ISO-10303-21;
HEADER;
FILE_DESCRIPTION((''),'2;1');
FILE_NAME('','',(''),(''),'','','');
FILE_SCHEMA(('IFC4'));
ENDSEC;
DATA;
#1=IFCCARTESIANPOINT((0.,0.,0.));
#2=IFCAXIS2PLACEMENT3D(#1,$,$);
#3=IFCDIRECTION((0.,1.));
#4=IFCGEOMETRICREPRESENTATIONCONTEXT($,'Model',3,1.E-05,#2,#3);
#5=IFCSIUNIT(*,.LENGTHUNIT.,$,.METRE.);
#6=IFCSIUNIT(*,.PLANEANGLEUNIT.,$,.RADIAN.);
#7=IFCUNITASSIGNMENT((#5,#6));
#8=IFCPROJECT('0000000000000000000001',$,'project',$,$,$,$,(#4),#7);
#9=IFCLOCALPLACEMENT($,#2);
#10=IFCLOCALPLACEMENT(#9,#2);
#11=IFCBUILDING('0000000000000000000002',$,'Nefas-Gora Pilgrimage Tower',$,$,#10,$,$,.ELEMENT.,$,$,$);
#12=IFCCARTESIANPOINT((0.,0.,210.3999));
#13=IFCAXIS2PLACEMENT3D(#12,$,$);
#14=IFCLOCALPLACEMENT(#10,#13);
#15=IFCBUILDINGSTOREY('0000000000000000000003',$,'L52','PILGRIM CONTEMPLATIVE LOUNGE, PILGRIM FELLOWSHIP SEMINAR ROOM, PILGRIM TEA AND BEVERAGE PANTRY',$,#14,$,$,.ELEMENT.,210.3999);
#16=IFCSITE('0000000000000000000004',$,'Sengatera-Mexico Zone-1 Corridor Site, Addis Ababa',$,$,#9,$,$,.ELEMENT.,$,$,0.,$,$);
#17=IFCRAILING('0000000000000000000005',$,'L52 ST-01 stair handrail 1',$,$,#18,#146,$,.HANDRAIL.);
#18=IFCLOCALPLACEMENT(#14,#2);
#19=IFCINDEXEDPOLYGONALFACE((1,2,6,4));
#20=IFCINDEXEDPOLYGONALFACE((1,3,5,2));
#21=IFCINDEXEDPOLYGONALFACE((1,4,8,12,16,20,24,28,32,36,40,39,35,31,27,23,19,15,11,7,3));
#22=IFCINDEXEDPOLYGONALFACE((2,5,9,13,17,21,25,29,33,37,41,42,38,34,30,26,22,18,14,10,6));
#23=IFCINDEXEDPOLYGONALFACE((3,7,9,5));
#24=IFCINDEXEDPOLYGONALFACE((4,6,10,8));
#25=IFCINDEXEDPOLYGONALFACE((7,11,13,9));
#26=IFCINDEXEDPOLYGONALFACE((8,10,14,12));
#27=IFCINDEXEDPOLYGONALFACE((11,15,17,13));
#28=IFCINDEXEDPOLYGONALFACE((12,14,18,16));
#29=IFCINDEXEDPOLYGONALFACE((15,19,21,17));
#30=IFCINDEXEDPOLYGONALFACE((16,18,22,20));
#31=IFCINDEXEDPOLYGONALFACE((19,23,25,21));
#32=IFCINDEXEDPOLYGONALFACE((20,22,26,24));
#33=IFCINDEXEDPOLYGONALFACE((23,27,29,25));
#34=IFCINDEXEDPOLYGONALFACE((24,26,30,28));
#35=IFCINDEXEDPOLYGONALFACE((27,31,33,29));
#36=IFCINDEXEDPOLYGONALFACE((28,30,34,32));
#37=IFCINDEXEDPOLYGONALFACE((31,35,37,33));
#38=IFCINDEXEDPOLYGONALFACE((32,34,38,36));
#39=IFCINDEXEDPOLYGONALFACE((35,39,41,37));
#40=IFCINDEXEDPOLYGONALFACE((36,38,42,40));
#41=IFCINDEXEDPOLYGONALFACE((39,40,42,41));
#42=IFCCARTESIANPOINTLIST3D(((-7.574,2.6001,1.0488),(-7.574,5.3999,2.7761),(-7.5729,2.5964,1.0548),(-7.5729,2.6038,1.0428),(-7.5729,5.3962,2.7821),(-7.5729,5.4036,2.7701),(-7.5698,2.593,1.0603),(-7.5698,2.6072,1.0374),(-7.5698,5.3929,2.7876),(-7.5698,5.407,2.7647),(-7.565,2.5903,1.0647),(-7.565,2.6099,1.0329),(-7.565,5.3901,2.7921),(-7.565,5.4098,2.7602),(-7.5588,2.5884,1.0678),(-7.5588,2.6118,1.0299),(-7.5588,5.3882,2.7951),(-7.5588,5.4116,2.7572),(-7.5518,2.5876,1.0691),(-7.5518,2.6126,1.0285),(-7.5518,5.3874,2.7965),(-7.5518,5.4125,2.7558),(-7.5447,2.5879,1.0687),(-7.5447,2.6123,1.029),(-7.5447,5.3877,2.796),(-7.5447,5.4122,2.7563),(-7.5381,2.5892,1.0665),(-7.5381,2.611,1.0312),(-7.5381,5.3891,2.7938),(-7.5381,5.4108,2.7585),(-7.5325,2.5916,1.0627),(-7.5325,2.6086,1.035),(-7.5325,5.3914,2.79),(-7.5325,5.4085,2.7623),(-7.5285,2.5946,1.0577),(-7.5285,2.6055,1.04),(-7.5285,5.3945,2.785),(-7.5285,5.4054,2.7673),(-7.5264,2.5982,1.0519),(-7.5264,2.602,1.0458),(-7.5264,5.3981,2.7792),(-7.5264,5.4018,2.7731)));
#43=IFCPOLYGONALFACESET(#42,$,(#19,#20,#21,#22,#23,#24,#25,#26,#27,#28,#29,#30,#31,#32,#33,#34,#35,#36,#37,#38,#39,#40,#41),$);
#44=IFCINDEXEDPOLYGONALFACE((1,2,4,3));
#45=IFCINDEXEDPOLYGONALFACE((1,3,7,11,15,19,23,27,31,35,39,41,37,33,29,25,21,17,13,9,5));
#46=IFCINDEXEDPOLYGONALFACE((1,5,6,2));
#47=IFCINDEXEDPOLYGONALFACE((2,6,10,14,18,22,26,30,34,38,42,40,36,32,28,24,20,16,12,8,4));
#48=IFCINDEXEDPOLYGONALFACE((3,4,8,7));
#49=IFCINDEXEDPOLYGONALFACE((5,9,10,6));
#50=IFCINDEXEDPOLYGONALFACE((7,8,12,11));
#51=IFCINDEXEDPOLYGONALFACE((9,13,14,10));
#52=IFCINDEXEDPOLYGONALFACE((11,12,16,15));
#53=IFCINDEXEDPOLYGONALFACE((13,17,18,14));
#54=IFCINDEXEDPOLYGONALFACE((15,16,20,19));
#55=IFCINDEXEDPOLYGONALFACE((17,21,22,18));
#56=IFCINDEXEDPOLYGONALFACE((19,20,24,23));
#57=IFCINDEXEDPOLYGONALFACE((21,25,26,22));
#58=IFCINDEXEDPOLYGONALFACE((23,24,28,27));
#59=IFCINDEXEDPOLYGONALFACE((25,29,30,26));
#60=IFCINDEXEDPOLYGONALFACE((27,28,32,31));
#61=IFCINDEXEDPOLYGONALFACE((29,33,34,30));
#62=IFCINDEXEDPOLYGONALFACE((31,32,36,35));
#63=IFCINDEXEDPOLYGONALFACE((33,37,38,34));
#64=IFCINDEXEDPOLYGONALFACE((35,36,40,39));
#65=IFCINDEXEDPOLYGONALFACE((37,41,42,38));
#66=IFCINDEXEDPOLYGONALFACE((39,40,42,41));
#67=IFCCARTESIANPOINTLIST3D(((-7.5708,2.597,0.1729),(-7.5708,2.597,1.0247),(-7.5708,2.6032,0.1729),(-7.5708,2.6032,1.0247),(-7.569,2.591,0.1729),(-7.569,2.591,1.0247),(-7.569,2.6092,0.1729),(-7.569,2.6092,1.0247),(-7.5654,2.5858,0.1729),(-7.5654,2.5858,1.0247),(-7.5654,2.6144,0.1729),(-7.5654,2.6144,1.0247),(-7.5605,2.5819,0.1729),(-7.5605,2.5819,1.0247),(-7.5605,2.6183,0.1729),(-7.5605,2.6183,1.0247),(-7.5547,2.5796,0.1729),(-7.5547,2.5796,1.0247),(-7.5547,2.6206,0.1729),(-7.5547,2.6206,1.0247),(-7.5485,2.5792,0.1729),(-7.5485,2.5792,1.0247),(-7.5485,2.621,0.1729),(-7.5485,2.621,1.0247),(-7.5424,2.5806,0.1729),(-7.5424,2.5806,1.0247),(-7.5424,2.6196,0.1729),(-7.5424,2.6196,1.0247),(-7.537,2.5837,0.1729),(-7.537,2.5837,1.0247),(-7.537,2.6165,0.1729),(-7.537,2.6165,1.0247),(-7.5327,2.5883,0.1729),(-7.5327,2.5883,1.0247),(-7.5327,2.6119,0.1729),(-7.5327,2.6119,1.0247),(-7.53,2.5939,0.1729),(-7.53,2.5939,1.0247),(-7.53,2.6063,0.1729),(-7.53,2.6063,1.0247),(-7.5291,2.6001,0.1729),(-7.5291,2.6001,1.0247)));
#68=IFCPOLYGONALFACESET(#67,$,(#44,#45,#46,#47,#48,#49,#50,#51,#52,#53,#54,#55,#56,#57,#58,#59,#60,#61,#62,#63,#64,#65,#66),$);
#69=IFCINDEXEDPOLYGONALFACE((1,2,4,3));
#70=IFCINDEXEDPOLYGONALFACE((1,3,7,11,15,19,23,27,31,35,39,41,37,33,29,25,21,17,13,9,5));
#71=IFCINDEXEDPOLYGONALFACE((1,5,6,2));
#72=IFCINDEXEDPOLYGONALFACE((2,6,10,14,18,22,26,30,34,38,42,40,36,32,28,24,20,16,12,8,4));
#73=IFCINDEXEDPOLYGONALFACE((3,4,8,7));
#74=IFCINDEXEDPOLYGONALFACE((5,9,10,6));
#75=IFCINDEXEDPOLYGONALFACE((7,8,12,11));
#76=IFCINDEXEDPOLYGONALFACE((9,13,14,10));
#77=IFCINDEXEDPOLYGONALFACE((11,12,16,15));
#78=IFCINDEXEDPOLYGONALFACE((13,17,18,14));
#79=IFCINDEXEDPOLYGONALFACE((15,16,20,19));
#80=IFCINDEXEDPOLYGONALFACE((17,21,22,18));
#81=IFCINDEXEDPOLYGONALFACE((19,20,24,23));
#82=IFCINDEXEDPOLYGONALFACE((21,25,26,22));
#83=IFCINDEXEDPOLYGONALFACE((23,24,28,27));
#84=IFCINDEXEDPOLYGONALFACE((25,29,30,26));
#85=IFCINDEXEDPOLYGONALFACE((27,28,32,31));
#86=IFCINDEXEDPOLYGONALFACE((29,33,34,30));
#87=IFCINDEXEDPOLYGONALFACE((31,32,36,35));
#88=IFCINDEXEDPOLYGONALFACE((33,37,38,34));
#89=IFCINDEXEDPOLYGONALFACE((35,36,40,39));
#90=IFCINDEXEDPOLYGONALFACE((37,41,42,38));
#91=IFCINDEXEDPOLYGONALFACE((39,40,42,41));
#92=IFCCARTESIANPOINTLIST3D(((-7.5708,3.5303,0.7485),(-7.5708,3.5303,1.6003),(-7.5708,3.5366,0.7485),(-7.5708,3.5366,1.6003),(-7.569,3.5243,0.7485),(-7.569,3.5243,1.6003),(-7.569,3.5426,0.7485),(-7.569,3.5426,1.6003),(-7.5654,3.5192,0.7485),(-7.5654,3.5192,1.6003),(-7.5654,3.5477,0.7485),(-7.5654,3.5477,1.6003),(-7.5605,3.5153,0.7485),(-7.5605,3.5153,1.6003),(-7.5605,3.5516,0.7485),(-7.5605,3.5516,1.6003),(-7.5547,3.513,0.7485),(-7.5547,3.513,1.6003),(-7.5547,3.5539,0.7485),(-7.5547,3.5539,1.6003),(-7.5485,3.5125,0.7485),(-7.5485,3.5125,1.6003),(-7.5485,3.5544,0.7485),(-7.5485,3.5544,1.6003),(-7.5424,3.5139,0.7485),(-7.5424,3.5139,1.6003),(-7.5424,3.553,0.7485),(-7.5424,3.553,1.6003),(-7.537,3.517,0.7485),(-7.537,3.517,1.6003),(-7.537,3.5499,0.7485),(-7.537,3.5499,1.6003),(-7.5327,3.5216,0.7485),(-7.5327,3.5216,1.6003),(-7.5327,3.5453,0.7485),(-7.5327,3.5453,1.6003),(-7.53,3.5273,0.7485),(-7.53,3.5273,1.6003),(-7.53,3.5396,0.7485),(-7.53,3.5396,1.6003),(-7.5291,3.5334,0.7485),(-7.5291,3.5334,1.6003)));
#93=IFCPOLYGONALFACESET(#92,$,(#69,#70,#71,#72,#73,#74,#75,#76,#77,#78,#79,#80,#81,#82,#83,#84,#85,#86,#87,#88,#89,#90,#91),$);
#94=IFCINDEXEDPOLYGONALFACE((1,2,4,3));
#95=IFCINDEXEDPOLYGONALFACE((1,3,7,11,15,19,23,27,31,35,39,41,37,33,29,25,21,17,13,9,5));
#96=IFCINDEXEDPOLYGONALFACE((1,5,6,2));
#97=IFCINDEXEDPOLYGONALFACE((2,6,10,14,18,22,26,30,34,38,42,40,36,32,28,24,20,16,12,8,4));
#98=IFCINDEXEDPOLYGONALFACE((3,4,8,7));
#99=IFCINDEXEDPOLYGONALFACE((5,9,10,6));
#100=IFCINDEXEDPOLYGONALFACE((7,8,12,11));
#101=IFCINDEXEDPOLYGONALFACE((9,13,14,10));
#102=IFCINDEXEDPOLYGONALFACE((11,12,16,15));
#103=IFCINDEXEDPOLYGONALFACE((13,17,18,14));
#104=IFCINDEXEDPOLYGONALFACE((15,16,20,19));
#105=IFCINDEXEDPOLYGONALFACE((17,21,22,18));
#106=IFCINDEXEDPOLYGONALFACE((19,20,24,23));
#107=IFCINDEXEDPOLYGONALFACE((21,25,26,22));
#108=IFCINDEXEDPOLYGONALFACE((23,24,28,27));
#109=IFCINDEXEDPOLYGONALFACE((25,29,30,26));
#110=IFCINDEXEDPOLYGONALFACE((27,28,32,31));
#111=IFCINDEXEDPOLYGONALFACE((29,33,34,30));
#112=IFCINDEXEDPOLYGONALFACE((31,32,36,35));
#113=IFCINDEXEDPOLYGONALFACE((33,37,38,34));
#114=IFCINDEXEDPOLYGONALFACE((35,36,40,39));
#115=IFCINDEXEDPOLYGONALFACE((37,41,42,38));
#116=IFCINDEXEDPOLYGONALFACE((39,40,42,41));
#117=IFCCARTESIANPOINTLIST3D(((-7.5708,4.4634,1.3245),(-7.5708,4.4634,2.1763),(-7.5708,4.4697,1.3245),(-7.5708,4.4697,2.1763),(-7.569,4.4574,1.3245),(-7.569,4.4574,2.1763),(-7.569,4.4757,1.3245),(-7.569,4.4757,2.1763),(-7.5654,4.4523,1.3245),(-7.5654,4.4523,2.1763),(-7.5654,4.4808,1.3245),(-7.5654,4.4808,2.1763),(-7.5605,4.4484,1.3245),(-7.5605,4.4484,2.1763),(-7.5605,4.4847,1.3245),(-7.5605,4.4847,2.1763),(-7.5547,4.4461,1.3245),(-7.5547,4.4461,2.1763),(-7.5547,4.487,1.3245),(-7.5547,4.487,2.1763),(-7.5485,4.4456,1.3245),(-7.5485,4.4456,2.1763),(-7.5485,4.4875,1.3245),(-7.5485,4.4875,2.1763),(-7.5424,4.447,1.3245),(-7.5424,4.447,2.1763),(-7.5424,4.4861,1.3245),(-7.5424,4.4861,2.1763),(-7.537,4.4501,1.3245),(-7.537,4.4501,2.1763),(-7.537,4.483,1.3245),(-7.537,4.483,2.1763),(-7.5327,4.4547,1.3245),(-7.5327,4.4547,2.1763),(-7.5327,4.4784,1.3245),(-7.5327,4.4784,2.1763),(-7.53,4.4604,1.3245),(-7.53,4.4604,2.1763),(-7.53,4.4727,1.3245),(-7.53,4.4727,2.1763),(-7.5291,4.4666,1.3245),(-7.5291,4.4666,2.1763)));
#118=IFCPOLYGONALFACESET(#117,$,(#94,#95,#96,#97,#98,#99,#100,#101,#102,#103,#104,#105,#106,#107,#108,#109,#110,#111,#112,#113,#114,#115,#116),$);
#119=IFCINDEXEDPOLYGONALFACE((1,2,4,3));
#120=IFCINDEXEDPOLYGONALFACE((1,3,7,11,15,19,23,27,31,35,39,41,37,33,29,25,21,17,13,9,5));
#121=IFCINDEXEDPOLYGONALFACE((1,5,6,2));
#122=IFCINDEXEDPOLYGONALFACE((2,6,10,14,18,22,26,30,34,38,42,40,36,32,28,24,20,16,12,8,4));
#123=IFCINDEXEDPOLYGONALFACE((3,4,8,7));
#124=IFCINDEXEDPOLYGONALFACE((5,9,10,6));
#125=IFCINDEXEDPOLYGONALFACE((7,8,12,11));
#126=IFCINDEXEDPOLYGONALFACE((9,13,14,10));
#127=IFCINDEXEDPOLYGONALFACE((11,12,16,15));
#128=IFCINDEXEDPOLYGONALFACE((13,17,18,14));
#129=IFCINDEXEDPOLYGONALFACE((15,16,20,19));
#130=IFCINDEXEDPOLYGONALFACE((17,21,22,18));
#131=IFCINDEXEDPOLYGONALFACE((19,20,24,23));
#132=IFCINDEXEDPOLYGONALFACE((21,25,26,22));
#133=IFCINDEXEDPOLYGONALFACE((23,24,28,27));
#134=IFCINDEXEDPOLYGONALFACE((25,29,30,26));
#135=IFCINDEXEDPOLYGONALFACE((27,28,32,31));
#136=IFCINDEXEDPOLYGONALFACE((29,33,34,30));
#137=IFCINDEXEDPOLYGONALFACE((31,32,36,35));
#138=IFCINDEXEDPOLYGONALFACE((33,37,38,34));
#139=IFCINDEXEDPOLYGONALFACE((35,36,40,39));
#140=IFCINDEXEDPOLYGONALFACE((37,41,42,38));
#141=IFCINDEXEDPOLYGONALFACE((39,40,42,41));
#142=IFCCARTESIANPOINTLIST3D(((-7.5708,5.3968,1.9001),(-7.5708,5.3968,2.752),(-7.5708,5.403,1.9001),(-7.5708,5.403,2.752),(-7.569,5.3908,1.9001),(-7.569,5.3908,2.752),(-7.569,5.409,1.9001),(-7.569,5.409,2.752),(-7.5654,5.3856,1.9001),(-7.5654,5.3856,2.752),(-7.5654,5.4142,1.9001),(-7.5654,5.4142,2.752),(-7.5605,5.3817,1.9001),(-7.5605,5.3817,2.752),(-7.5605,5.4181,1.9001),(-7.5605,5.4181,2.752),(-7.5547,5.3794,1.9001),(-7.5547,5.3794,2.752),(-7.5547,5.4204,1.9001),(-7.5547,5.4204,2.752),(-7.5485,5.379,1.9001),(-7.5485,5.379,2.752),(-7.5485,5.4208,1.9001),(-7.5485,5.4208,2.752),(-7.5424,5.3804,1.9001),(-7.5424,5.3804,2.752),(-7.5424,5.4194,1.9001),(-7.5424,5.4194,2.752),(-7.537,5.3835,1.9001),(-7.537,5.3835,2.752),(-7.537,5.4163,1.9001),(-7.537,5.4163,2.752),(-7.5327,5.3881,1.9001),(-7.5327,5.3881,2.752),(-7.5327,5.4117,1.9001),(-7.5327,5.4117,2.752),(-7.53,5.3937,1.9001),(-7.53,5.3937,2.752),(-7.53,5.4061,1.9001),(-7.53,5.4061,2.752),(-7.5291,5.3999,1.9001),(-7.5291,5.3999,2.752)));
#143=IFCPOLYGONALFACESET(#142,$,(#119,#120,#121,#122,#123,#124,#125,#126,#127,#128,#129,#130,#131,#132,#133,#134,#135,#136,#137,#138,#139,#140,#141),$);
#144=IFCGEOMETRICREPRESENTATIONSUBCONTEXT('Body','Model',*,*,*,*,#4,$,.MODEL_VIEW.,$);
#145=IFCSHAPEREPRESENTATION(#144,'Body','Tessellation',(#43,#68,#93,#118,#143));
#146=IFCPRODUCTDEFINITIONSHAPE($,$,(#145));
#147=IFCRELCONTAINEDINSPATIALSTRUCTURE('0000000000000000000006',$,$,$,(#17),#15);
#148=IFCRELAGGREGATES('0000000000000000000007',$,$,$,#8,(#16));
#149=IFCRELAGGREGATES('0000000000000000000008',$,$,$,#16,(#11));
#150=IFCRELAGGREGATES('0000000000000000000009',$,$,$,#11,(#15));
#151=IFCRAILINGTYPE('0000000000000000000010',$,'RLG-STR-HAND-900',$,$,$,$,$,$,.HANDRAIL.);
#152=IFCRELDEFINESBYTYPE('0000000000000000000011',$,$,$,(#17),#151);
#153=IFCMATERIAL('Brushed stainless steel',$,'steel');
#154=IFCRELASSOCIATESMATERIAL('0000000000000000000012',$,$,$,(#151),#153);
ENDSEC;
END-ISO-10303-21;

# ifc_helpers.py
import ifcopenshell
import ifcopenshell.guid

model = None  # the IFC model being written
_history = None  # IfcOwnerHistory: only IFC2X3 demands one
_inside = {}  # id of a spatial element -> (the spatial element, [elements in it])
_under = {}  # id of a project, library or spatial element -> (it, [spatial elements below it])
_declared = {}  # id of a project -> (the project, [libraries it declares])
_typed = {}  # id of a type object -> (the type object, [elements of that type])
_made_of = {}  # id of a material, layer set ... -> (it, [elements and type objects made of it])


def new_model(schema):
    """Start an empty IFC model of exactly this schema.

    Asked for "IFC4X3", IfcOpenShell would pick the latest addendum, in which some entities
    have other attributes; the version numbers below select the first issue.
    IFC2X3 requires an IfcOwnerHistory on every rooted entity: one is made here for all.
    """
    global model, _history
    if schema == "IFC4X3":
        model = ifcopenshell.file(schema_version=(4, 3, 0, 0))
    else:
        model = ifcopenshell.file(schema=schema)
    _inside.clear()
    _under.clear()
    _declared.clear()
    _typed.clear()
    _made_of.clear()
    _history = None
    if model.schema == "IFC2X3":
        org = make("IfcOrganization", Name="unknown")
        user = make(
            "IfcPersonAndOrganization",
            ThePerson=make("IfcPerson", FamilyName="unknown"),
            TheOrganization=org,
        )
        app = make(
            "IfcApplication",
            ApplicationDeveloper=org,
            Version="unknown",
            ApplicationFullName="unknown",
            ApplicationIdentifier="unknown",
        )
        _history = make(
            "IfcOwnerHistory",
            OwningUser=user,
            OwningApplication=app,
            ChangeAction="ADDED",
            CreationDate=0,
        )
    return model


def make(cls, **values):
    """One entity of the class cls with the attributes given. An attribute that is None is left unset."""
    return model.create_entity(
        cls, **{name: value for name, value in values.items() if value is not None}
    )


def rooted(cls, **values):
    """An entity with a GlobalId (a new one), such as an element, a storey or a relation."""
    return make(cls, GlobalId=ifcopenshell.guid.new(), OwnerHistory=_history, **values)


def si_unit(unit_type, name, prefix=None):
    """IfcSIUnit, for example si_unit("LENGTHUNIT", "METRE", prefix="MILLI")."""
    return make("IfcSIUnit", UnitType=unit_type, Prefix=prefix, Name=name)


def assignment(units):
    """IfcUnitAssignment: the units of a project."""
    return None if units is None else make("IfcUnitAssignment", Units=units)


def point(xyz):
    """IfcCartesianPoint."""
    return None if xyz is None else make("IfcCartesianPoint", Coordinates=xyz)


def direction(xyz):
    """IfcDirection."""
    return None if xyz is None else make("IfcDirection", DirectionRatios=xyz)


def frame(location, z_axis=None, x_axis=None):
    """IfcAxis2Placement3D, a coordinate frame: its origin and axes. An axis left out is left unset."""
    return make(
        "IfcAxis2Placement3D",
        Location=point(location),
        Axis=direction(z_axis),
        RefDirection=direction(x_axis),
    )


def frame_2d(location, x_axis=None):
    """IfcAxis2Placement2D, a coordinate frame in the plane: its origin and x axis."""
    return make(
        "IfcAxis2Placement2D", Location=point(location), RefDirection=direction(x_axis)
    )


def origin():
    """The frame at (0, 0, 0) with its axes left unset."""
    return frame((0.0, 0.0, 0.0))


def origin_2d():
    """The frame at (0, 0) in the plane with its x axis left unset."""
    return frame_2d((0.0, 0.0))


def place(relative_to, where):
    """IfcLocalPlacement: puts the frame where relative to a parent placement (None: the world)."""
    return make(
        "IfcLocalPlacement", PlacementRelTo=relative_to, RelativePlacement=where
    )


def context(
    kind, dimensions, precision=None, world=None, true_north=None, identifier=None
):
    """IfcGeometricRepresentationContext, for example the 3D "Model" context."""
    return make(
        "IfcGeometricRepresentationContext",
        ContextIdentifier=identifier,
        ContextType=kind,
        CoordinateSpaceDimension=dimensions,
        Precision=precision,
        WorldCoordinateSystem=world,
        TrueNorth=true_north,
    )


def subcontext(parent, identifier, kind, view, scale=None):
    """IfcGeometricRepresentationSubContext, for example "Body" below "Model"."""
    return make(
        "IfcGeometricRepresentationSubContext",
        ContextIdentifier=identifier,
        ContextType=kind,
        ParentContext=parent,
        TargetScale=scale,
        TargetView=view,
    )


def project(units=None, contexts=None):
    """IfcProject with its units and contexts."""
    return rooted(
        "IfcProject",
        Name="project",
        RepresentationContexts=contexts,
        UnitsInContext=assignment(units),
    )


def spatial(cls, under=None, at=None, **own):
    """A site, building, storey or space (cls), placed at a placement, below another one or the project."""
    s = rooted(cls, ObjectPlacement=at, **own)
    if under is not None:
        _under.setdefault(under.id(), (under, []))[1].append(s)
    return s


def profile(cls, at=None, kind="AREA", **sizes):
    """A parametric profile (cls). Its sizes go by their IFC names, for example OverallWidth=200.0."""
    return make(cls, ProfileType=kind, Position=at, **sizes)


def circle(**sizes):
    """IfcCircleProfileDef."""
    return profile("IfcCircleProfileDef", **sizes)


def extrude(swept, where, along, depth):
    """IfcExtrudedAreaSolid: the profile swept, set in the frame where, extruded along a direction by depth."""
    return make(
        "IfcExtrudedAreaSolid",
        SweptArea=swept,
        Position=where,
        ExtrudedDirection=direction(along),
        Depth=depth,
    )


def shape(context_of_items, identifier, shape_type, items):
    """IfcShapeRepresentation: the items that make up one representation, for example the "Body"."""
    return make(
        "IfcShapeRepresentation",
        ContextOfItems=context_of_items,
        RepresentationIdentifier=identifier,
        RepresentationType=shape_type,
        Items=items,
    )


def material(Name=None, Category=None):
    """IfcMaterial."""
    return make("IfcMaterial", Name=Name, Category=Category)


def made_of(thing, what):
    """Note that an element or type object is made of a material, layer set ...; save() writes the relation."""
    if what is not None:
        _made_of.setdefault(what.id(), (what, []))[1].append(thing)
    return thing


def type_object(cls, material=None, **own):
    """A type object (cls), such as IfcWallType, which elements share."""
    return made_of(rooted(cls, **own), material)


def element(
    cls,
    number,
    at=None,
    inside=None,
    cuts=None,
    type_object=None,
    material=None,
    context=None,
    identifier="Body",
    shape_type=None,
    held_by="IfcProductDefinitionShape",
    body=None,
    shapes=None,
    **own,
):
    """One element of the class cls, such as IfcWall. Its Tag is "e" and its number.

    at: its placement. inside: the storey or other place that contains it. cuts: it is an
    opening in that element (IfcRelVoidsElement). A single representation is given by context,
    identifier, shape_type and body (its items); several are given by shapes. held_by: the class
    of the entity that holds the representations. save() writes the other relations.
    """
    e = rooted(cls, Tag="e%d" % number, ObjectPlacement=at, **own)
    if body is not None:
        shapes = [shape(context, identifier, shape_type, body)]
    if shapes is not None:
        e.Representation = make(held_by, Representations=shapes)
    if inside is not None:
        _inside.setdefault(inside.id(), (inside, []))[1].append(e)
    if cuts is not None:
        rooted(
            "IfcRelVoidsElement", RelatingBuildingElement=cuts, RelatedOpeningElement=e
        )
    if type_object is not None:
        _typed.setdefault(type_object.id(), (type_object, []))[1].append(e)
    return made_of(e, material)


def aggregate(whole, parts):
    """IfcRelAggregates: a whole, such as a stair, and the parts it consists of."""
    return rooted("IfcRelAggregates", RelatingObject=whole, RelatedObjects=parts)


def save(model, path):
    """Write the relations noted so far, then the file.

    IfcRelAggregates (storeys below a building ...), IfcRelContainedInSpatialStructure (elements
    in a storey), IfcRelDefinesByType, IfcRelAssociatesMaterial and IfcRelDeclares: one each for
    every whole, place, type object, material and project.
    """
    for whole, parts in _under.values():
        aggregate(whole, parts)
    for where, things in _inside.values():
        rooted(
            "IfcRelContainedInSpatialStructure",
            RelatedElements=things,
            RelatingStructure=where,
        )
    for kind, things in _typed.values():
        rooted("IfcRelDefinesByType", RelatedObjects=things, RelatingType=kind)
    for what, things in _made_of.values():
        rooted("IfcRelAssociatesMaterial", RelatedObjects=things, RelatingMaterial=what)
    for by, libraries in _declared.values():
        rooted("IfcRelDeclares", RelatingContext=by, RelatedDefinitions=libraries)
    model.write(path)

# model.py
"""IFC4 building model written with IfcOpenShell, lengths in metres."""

from ifc_helpers import new_model, si_unit, direction, frame, origin, origin_2d, place, context, subcontext, project, spatial, circle, extrude, material, type_object, element, save


model = new_model("IFC4")

# Units and contexts
model_context = context("Model", 3, precision=1e-05, world=origin(), true_north=direction((0.0, 1.0)))
body_context = subcontext(model_context, "Body", "Model", "MODEL_VIEW")
ifc_project = project(units=[si_unit("LENGTHUNIT", "METRE"), si_unit("PLANEANGLEUNIT", "RADIAN")], contexts=[model_context])

# Site, building, storey
site_placement = place(None, origin())
site = spatial("IfcSite", under=ifc_project, at=site_placement, Name="Sengatera-Mexico Zone-1 Corridor Site, Addis Ababa", CompositionType="ELEMENT", RefElevation=0.0)
building_placement = place(site_placement, origin())
building = spatial("IfcBuilding", under=site, at=building_placement, Name="Nefas-Gora Pilgrimage Tower", CompositionType="ELEMENT")
storey_placement = place(building_placement, frame((0.0, 0.0, 210.3999)))
storey = spatial("IfcBuildingStorey", under=building, at=storey_placement, Name="L52", Description="PILGRIM CONTEMPLATIVE LOUNGE, PILGRIM FELLOWSHIP SEMINAR ROOM, PILGRIM TEA AND BEVERAGE PANTRY", CompositionType="ELEMENT", Elevation=210.3999)

# Railing
ifc_material_1 = material(Name="Brushed stainless steel", Category="steel")
railing_type_1 = type_object("IfcRailingType", Name="RLG-STR-HAND-900", PredefinedType="HANDRAIL", material=ifc_material_1)
railing_1_placement = place(storey_placement, frame((-7.55, 2.6001, 0.1729)))
element("IfcRailing", 1, at=railing_1_placement, inside=storey, type_object=railing_type_1, Name="L52 ST-01 stair handrail 1", PredefinedType="HANDRAIL", context=body_context, shape_type="SweptSolid", body=[
    extrude(circle(Radius=0.0239, at=origin_2d()), frame((0.0, 0.0, 0.876), z_axis=(0.0, 0.851069, 0.525054), x_axis=(-1.0, 0.0, 0.0)), (0.0, 0.0, 1.0), 3.2898),
    extrude(circle(Radius=0.021, at=origin_2d()), origin(), (0.0, 0.0, 1.0), 0.8518),
    extrude(circle(Radius=0.021, at=origin_2d()), frame((0.0, 0.9333, 0.5757)), (0.0, 0.0, 1.0), 0.8518),
    extrude(circle(Radius=0.021, at=origin_2d()), frame((0.0, 1.8665, 1.1516)), (0.0, 0.0, 1.0), 0.8518),
    extrude(circle(Radius=0.021, at=origin_2d()), frame((0.0, 2.7998, 1.7273)), (0.0, 0.0, 1.0), 0.8518),
])

save(model, "model.ifc")
